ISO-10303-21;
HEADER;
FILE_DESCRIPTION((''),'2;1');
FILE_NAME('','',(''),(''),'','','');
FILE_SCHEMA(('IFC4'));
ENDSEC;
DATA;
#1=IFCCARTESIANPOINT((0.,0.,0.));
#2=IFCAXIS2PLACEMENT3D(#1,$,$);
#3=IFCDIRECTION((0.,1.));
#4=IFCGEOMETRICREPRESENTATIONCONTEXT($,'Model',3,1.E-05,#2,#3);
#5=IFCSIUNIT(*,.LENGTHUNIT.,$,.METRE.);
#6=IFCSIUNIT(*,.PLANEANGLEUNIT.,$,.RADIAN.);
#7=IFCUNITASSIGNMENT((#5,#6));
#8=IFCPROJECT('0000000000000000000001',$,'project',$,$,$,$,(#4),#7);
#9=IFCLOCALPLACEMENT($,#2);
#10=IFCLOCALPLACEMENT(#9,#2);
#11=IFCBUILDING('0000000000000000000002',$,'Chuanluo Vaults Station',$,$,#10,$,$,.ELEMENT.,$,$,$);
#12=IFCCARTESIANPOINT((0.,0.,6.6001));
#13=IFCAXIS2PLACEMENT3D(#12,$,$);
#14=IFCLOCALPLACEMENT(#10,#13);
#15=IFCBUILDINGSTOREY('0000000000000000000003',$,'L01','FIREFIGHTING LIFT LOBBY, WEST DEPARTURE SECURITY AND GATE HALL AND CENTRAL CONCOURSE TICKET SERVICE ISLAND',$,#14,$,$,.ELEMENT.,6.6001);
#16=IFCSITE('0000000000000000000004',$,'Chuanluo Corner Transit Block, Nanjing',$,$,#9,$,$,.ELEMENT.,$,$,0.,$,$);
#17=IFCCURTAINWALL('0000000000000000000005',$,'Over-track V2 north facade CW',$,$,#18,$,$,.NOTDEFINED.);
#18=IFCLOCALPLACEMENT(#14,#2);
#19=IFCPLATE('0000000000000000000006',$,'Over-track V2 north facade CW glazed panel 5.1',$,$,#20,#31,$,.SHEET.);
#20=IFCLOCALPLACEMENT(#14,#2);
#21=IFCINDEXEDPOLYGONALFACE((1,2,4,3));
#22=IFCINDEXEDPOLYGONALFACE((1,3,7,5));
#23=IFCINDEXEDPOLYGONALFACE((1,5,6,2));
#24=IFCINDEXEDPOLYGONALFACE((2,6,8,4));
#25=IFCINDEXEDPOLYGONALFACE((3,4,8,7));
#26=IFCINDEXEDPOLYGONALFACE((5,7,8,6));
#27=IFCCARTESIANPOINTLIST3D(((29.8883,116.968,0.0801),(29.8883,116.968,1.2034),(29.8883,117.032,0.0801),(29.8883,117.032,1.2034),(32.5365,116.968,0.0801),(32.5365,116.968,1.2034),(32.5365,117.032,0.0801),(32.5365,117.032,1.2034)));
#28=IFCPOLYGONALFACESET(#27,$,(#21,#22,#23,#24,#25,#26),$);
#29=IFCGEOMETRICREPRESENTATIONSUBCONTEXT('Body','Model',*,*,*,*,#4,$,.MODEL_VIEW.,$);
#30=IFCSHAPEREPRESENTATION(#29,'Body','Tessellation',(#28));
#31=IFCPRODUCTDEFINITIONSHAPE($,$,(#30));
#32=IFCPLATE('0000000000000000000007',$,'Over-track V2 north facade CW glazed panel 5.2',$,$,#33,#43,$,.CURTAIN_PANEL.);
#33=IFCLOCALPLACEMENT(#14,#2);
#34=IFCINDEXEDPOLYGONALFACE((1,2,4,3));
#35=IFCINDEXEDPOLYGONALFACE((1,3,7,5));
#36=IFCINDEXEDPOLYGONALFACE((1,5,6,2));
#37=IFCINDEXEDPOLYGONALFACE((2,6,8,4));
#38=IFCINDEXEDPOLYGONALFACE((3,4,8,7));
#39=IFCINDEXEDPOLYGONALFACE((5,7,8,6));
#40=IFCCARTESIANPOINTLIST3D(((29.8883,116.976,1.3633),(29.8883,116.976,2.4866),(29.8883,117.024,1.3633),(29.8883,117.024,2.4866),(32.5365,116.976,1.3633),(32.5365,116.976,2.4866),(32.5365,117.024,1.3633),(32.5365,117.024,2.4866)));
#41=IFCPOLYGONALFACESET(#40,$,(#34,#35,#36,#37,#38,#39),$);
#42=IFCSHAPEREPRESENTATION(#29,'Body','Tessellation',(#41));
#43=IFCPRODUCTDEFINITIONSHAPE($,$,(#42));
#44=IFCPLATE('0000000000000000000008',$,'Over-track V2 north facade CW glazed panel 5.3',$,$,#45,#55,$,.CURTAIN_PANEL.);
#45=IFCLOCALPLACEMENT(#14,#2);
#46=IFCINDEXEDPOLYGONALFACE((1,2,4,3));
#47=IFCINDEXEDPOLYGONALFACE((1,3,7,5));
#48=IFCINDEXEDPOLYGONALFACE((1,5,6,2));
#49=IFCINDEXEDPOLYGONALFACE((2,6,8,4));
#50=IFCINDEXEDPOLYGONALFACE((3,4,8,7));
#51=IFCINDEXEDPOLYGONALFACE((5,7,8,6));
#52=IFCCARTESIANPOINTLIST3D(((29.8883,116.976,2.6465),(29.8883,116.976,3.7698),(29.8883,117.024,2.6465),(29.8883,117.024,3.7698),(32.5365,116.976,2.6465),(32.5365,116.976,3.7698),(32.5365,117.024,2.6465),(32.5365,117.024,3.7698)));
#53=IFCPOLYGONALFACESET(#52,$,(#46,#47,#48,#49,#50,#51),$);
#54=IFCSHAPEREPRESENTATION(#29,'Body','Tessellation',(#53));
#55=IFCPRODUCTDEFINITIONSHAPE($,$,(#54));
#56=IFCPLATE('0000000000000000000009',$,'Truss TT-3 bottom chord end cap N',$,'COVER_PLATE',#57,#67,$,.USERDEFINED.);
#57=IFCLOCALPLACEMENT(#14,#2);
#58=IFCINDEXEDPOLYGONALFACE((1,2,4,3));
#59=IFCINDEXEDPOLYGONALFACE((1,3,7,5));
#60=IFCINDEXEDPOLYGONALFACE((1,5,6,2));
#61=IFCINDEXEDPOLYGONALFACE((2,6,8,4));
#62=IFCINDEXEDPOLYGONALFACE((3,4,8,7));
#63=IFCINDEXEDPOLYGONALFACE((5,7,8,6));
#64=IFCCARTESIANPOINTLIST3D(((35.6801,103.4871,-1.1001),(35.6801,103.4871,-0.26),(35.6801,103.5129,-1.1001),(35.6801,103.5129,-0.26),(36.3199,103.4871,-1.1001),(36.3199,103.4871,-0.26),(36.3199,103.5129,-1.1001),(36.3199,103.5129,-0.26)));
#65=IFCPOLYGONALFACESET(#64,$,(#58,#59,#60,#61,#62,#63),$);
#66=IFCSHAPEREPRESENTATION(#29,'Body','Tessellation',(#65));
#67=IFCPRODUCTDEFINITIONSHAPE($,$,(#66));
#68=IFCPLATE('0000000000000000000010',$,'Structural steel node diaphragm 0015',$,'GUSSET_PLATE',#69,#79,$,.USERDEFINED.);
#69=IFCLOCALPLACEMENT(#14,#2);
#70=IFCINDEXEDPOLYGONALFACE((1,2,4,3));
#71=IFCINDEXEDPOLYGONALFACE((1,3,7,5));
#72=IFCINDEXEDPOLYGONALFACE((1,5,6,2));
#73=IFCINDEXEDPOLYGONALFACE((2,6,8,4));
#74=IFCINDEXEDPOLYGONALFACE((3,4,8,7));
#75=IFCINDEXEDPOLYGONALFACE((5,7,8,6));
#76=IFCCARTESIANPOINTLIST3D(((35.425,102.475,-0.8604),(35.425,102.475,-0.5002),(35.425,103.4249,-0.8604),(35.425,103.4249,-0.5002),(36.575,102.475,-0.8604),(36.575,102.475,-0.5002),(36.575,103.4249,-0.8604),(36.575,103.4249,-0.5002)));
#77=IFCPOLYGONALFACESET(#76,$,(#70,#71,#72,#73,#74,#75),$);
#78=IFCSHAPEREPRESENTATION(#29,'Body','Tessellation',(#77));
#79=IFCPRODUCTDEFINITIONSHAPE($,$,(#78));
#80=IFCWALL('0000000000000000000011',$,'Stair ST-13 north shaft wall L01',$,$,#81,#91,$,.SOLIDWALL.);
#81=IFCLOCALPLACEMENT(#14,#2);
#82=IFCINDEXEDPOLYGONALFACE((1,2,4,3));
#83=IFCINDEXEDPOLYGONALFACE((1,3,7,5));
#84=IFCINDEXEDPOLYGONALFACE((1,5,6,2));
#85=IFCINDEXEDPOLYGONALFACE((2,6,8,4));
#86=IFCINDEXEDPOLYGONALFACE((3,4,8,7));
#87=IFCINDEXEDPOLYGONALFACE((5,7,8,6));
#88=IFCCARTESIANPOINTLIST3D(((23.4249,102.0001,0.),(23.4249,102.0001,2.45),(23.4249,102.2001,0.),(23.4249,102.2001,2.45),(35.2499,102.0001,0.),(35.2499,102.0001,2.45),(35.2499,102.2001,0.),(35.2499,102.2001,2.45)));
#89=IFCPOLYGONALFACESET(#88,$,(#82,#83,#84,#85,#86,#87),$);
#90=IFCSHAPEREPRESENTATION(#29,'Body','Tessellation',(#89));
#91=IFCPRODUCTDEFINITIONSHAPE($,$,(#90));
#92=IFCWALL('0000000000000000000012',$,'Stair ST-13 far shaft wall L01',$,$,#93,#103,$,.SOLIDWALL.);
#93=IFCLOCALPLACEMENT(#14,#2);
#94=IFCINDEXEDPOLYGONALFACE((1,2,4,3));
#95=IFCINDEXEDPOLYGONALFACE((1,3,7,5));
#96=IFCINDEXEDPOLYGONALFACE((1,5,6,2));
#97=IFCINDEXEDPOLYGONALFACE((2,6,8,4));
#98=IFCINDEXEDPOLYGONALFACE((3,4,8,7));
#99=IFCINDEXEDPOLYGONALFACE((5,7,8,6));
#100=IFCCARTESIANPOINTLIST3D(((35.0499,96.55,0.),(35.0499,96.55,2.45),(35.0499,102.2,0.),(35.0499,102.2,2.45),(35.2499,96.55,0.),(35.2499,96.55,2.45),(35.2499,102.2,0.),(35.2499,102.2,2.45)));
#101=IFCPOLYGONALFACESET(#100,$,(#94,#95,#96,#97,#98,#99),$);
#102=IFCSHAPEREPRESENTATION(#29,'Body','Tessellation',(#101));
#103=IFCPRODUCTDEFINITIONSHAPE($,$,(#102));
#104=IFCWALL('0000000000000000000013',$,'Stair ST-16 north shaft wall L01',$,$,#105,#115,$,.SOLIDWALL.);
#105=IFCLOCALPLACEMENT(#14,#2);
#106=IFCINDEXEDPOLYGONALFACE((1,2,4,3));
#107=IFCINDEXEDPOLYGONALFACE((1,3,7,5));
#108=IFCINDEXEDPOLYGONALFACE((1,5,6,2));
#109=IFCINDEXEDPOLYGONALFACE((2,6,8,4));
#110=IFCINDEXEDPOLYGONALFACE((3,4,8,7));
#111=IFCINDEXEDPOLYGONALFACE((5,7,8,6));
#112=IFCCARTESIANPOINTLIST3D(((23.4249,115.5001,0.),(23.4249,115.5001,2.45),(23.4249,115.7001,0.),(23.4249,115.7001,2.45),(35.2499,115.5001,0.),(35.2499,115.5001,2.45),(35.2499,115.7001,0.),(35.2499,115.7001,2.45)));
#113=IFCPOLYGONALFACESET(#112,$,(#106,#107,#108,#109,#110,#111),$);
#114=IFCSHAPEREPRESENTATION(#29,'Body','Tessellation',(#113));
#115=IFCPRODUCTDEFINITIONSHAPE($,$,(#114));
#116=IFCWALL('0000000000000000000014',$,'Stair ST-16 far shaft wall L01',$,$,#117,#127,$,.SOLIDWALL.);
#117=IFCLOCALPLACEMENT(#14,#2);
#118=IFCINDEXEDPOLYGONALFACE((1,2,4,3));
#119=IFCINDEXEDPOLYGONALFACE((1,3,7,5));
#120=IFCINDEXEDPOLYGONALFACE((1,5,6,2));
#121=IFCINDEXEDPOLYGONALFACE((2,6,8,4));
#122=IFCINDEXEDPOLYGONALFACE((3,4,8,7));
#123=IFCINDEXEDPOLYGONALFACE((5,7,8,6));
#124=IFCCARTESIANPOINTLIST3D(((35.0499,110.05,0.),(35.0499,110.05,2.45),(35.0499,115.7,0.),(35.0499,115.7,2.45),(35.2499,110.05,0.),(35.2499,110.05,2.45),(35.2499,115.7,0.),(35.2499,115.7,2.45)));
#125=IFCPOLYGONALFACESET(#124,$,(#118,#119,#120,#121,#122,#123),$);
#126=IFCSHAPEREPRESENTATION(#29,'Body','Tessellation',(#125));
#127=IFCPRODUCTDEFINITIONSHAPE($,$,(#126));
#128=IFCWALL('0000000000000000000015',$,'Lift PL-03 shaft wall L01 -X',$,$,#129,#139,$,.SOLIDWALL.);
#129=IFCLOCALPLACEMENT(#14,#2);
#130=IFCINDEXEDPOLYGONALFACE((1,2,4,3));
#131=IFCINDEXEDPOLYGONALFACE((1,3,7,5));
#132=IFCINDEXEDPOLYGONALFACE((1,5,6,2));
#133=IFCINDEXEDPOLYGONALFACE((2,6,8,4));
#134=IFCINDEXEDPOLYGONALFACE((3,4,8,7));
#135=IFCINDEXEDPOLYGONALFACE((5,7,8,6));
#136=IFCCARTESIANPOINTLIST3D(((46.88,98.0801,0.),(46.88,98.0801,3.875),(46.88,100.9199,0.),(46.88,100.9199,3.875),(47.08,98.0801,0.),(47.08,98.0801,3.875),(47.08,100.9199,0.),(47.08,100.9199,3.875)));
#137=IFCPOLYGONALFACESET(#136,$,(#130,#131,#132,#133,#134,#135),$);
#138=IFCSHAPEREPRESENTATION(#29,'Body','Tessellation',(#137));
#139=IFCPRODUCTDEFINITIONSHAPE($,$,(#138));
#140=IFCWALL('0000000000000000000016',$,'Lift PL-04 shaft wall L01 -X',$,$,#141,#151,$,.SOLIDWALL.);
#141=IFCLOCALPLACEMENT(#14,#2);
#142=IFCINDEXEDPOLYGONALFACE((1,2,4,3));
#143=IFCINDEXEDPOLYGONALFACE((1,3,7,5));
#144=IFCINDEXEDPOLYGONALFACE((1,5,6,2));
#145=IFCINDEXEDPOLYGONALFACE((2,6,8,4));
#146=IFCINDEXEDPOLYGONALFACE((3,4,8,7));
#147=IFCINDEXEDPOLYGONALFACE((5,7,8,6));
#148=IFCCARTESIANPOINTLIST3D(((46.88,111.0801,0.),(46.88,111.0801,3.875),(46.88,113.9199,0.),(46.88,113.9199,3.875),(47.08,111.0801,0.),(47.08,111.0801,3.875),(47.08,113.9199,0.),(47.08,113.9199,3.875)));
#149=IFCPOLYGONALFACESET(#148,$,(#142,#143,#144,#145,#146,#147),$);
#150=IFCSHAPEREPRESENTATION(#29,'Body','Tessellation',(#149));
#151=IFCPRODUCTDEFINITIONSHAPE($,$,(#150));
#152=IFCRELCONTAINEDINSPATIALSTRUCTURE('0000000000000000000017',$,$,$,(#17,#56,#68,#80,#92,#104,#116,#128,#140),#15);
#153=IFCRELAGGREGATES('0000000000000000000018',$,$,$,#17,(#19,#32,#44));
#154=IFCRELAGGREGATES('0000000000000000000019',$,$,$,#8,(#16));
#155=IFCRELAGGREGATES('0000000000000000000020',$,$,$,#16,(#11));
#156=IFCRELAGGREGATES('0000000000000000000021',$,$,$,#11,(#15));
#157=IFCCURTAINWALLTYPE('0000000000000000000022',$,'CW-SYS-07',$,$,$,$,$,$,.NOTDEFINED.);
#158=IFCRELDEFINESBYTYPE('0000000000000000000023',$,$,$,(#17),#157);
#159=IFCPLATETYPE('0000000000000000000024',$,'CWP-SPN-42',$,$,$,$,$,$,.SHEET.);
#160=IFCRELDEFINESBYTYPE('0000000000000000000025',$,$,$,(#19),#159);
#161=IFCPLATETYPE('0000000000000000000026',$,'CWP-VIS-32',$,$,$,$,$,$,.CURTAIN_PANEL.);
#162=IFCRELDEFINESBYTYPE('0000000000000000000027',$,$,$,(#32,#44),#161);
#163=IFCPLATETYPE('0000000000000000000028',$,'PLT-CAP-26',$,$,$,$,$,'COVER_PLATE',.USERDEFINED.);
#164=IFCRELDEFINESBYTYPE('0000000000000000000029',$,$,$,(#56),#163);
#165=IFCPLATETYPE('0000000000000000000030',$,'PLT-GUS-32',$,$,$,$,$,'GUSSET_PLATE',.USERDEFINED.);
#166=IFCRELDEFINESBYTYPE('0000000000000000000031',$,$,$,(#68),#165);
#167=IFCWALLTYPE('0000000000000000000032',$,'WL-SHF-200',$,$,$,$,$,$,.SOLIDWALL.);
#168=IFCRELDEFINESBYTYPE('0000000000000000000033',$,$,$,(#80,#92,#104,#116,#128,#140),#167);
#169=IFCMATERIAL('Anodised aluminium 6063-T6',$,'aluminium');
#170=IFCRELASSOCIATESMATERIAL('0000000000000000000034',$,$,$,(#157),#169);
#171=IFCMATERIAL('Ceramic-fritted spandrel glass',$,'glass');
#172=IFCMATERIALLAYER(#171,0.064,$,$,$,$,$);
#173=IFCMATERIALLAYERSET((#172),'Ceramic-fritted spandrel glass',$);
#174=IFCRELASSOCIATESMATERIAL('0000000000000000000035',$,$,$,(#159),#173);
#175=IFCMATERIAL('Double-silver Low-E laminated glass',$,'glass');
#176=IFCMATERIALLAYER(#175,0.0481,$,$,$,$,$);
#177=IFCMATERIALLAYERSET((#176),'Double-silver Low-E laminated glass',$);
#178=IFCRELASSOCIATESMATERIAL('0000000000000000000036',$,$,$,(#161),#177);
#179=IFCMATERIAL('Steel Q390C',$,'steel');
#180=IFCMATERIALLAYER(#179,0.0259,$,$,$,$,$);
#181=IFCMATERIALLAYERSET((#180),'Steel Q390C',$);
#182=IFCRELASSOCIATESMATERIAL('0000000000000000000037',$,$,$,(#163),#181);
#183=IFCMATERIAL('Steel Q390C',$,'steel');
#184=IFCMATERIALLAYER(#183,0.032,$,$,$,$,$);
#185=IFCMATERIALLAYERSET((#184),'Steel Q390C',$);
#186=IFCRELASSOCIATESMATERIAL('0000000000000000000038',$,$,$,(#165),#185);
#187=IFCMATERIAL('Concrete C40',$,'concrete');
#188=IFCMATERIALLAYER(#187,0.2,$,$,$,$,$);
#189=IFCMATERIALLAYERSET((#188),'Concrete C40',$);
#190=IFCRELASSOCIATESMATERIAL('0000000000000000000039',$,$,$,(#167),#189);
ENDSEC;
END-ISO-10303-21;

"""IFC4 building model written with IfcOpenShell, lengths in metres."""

from ifc_helpers import new_model, si_unit, direction, frame, frame_2d, origin, origin_2d, place, context, subcontext, project, spatial, rectangle, extrude, material, layer, layer_set, type_object, element, aggregate, save


model = new_model("IFC4")

# Units and contexts
model_context = context("Model", 3, precision=1e-05, world=origin(), true_north=direction((0.0, 1.0)))
body_context = subcontext(model_context, "Body", "Model", "MODEL_VIEW")
ifc_project = project(units=[si_unit("LENGTHUNIT", "METRE"), si_unit("PLANEANGLEUNIT", "RADIAN")], contexts=[model_context])

# Site, building, storey
site_placement = place(None, origin())
site = spatial("IfcSite", under=ifc_project, at=site_placement, Name="Chuanluo Corner Transit Block, Nanjing", CompositionType="ELEMENT", RefElevation=0.0)
building_placement = place(site_placement, origin())
building = spatial("IfcBuilding", under=site, at=building_placement, Name="Chuanluo Vaults Station", CompositionType="ELEMENT")
storey_placement = place(building_placement, frame((0.0, 0.0, 6.6001)))
storey = spatial("IfcBuildingStorey", under=building, at=storey_placement, Name="L01", Description="FIREFIGHTING LIFT LOBBY, WEST DEPARTURE SECURITY AND GATE HALL AND CENTRAL CONCOURSE TICKET SERVICE ISLAND", CompositionType="ELEMENT", Elevation=6.6001)

# Curtain wall
ifc_material_1 = material(Name="Anodised aluminium 6063-T6", Category="aluminium")
curtain_wall_type = type_object("IfcCurtainWallType", Name="CW-SYS-07", PredefinedType="NOTDEFINED", material=ifc_material_1)
curtain_wall_placement = place(storey_placement, origin())
curtain_wall = element("IfcCurtainWall", 1, at=curtain_wall_placement, inside=storey, type_object=curtain_wall_type, Name="Over-track V2 north facade CW", PredefinedType="NOTDEFINED")

# Plates
ifc_material_2 = material(Name="Ceramic-fritted spandrel glass", Category="glass")
ifc_layer_1 = layer(ifc_material_2, 0.064)
ifc_layer_set_1 = layer_set([ifc_layer_1], Name="Ceramic-fritted spandrel glass")
plate_type_1 = type_object("IfcPlateType", Name="CWP-SPN-42", PredefinedType="SHEET", material=ifc_layer_set_1)
plate_1_placement = place(storey_placement, frame((31.2124, 117.0, 0.0801), z_axis=(0.0, 0.0, 1.0), x_axis=(1.0, 0.0, 0.0)))
plate_1 = element("IfcPlate", 2, at=plate_1_placement, type_object=plate_type_1, Name="Over-track V2 north facade CW glazed panel 5.1", PredefinedType="SHEET", context=body_context, shape_type="SweptSolid", body=[
    extrude(rectangle(XDim=2.6482, YDim=0.064, at=origin_2d()), origin(), (0.0, 0.0, 1.0), 1.1233),
])
ifc_material_3 = material(Name="Double-silver Low-E laminated glass", Category="glass")
ifc_layer_2 = layer(ifc_material_3, 0.0481)
ifc_layer_set_2 = layer_set([ifc_layer_2], Name="Double-silver Low-E laminated glass")
plate_type_2 = type_object("IfcPlateType", Name="CWP-VIS-32", PredefinedType="CURTAIN_PANEL", material=ifc_layer_set_2)
plate_2_placement = place(storey_placement, frame((31.2124, 117.0, 1.3633), z_axis=(0.0, 0.0, 1.0), x_axis=(1.0, 0.0, 0.0)))
plate_2 = element("IfcPlate", 3, at=plate_2_placement, type_object=plate_type_2, Name="Over-track V2 north facade CW glazed panel 5.2", PredefinedType="CURTAIN_PANEL", context=body_context, shape_type="SweptSolid", body=[
    extrude(rectangle(XDim=2.6482, YDim=0.0481, at=origin_2d()), origin(), (0.0, 0.0, 1.0), 1.1233),
])
plate_3_placement = place(storey_placement, frame((31.2124, 117.0, 2.6465), z_axis=(0.0, 0.0, 1.0), x_axis=(1.0, 0.0, 0.0)))
plate_3 = element("IfcPlate", 4, at=plate_3_placement, type_object=plate_type_2, Name="Over-track V2 north facade CW glazed panel 5.3", PredefinedType="CURTAIN_PANEL", context=body_context, shape_type="SweptSolid", body=[
    extrude(rectangle(XDim=2.6482, YDim=0.0481, at=origin_2d()), origin(), (0.0, 0.0, 1.0), 1.1233),
])
aggregate(curtain_wall, [plate_1, plate_2, plate_3])

# Plates
ifc_material_4 = material(Name="Steel Q390C", Category="steel")
ifc_layer_3 = layer(ifc_material_4, 0.0259)
ifc_layer_set_3 = layer_set([ifc_layer_3], Name="Steel Q390C")
plate_type_3 = type_object("IfcPlateType", Name="PLT-CAP-26", ElementType="COVER_PLATE", PredefinedType="USERDEFINED", material=ifc_layer_set_3)
plate_4_placement = place(storey_placement, frame((36.0, 103.5, -1.1001), z_axis=(0.0, 0.0, 1.0), x_axis=(1.0, 0.0, 0.0)))
element("IfcPlate", 5, at=plate_4_placement, inside=storey, type_object=plate_type_3, Name="Truss TT-3 bottom chord end cap N", ObjectType="COVER_PLATE", PredefinedType="USERDEFINED", context=body_context, shape_type="SweptSolid", body=[
    extrude(rectangle(XDim=0.6399, YDim=0.0259, at=origin_2d()), origin(), (0.0, 0.0, 1.0), 0.8401),
])
ifc_material_5 = material(Name="Steel Q390C", Category="steel")
ifc_layer_4 = layer(ifc_material_5, 0.032)
ifc_layer_set_4 = layer_set([ifc_layer_4], Name="Steel Q390C")
plate_type_4 = type_object("IfcPlateType", Name="PLT-GUS-32", ElementType="GUSSET_PLATE", PredefinedType="USERDEFINED", material=ifc_layer_set_4)
plate_5_placement = place(storey_placement, frame((36.0, 102.95, -0.8604), z_axis=(0.0, 0.0, 1.0), x_axis=(1.0, 0.0, 0.0)))
element("IfcPlate", 6, at=plate_5_placement, inside=storey, type_object=plate_type_4, Name="Structural steel node diaphragm 0015", ObjectType="GUSSET_PLATE", PredefinedType="USERDEFINED", context=body_context, shape_type="SweptSolid", body=[
    extrude(rectangle(XDim=1.1499, YDim=0.95, at=origin_2d()), origin(), (0.0, 0.0, 1.0), 0.3601),
])

# Walls
ifc_material_6 = material(Name="Concrete C40", Category="concrete")
ifc_layer_5 = layer(ifc_material_6, 0.2)
ifc_layer_set_5 = layer_set([ifc_layer_5], Name="Concrete C40")
wall_type = type_object("IfcWallType", Name="WL-SHF-200", PredefinedType="SOLIDWALL", material=ifc_layer_set_5)
wall_1_placement = place(storey_placement, frame((35.25, 102.1001, 0.0), z_axis=(0.0, 0.0, 1.0), x_axis=(-1.0, 0.0, 0.0)))
element("IfcWall", 7, at=wall_1_placement, inside=storey, type_object=wall_type, Name="Stair ST-13 north shaft wall L01", PredefinedType="SOLIDWALL", context=body_context, shape_type="SweptSolid", body=[
    extrude(rectangle(XDim=11.825, YDim=0.2, at=frame_2d((5.9126, 0.0))), origin(), (0.0, 0.0, 1.0), 2.45),
])
wall_2_placement = place(storey_placement, frame((35.1499, 96.55, 0.0), z_axis=(0.0, 0.0, 1.0), x_axis=(0.0, 1.0, 0.0)))
element("IfcWall", 8, at=wall_2_placement, inside=storey, type_object=wall_type, Name="Stair ST-13 far shaft wall L01", PredefinedType="SOLIDWALL", context=body_context, shape_type="SweptSolid", body=[
    extrude(rectangle(XDim=5.6499, YDim=0.2, at=frame_2d((2.825, 0.0))), origin(), (0.0, 0.0, 1.0), 2.45),
])
wall_3_placement = place(storey_placement, frame((35.25, 115.6001, 0.0), z_axis=(0.0, 0.0, 1.0), x_axis=(-1.0, 0.0, 0.0)))
element("IfcWall", 9, at=wall_3_placement, inside=storey, type_object=wall_type, Name="Stair ST-16 north shaft wall L01", PredefinedType="SOLIDWALL", context=body_context, shape_type="SweptSolid", body=[
    extrude(rectangle(XDim=11.825, YDim=0.2, at=frame_2d((5.9126, 0.0))), origin(), (0.0, 0.0, 1.0), 2.45),
])
wall_4_placement = place(storey_placement, frame((35.1499, 110.05, 0.0), z_axis=(0.0, 0.0, 1.0), x_axis=(0.0, 1.0, 0.0)))
element("IfcWall", 10, at=wall_4_placement, inside=storey, type_object=wall_type, Name="Stair ST-16 far shaft wall L01", PredefinedType="SOLIDWALL", context=body_context, shape_type="SweptSolid", body=[
    extrude(rectangle(XDim=5.6499, YDim=0.2, at=frame_2d((2.825, 0.0))), origin(), (0.0, 0.0, 1.0), 2.45),
])

# Wall
wall_5_placement = place(storey_placement, frame((46.98, 100.9199, 0.0), z_axis=(0.0, 0.0, 1.0), x_axis=(0.0, -1.0, 0.0)))
element("IfcWall", 11, at=wall_5_placement, inside=storey, type_object=wall_type, Name="Lift PL-03 shaft wall L01 -X", PredefinedType="SOLIDWALL", context=body_context, shape_type="SweptSolid", body=[
    extrude(rectangle(XDim=2.8398, YDim=0.2, at=frame_2d((1.4199, 0.0))), origin(), (0.0, 0.0, 1.0), 3.875),
])

# Wall
wall_6_placement = place(storey_placement, frame((46.98, 113.9199, 0.0), z_axis=(0.0, 0.0, 1.0), x_axis=(0.0, -1.0, 0.0)))
element("IfcWall", 12, at=wall_6_placement, inside=storey, type_object=wall_type, Name="Lift PL-04 shaft wall L01 -X", PredefinedType="SOLIDWALL", context=body_context, shape_type="SweptSolid", body=[
    extrude(rectangle(XDim=2.8398, YDim=0.2, at=frame_2d((1.4199, 0.0))), origin(), (0.0, 0.0, 1.0), 3.875),
])

save(model, "model.ifc")
